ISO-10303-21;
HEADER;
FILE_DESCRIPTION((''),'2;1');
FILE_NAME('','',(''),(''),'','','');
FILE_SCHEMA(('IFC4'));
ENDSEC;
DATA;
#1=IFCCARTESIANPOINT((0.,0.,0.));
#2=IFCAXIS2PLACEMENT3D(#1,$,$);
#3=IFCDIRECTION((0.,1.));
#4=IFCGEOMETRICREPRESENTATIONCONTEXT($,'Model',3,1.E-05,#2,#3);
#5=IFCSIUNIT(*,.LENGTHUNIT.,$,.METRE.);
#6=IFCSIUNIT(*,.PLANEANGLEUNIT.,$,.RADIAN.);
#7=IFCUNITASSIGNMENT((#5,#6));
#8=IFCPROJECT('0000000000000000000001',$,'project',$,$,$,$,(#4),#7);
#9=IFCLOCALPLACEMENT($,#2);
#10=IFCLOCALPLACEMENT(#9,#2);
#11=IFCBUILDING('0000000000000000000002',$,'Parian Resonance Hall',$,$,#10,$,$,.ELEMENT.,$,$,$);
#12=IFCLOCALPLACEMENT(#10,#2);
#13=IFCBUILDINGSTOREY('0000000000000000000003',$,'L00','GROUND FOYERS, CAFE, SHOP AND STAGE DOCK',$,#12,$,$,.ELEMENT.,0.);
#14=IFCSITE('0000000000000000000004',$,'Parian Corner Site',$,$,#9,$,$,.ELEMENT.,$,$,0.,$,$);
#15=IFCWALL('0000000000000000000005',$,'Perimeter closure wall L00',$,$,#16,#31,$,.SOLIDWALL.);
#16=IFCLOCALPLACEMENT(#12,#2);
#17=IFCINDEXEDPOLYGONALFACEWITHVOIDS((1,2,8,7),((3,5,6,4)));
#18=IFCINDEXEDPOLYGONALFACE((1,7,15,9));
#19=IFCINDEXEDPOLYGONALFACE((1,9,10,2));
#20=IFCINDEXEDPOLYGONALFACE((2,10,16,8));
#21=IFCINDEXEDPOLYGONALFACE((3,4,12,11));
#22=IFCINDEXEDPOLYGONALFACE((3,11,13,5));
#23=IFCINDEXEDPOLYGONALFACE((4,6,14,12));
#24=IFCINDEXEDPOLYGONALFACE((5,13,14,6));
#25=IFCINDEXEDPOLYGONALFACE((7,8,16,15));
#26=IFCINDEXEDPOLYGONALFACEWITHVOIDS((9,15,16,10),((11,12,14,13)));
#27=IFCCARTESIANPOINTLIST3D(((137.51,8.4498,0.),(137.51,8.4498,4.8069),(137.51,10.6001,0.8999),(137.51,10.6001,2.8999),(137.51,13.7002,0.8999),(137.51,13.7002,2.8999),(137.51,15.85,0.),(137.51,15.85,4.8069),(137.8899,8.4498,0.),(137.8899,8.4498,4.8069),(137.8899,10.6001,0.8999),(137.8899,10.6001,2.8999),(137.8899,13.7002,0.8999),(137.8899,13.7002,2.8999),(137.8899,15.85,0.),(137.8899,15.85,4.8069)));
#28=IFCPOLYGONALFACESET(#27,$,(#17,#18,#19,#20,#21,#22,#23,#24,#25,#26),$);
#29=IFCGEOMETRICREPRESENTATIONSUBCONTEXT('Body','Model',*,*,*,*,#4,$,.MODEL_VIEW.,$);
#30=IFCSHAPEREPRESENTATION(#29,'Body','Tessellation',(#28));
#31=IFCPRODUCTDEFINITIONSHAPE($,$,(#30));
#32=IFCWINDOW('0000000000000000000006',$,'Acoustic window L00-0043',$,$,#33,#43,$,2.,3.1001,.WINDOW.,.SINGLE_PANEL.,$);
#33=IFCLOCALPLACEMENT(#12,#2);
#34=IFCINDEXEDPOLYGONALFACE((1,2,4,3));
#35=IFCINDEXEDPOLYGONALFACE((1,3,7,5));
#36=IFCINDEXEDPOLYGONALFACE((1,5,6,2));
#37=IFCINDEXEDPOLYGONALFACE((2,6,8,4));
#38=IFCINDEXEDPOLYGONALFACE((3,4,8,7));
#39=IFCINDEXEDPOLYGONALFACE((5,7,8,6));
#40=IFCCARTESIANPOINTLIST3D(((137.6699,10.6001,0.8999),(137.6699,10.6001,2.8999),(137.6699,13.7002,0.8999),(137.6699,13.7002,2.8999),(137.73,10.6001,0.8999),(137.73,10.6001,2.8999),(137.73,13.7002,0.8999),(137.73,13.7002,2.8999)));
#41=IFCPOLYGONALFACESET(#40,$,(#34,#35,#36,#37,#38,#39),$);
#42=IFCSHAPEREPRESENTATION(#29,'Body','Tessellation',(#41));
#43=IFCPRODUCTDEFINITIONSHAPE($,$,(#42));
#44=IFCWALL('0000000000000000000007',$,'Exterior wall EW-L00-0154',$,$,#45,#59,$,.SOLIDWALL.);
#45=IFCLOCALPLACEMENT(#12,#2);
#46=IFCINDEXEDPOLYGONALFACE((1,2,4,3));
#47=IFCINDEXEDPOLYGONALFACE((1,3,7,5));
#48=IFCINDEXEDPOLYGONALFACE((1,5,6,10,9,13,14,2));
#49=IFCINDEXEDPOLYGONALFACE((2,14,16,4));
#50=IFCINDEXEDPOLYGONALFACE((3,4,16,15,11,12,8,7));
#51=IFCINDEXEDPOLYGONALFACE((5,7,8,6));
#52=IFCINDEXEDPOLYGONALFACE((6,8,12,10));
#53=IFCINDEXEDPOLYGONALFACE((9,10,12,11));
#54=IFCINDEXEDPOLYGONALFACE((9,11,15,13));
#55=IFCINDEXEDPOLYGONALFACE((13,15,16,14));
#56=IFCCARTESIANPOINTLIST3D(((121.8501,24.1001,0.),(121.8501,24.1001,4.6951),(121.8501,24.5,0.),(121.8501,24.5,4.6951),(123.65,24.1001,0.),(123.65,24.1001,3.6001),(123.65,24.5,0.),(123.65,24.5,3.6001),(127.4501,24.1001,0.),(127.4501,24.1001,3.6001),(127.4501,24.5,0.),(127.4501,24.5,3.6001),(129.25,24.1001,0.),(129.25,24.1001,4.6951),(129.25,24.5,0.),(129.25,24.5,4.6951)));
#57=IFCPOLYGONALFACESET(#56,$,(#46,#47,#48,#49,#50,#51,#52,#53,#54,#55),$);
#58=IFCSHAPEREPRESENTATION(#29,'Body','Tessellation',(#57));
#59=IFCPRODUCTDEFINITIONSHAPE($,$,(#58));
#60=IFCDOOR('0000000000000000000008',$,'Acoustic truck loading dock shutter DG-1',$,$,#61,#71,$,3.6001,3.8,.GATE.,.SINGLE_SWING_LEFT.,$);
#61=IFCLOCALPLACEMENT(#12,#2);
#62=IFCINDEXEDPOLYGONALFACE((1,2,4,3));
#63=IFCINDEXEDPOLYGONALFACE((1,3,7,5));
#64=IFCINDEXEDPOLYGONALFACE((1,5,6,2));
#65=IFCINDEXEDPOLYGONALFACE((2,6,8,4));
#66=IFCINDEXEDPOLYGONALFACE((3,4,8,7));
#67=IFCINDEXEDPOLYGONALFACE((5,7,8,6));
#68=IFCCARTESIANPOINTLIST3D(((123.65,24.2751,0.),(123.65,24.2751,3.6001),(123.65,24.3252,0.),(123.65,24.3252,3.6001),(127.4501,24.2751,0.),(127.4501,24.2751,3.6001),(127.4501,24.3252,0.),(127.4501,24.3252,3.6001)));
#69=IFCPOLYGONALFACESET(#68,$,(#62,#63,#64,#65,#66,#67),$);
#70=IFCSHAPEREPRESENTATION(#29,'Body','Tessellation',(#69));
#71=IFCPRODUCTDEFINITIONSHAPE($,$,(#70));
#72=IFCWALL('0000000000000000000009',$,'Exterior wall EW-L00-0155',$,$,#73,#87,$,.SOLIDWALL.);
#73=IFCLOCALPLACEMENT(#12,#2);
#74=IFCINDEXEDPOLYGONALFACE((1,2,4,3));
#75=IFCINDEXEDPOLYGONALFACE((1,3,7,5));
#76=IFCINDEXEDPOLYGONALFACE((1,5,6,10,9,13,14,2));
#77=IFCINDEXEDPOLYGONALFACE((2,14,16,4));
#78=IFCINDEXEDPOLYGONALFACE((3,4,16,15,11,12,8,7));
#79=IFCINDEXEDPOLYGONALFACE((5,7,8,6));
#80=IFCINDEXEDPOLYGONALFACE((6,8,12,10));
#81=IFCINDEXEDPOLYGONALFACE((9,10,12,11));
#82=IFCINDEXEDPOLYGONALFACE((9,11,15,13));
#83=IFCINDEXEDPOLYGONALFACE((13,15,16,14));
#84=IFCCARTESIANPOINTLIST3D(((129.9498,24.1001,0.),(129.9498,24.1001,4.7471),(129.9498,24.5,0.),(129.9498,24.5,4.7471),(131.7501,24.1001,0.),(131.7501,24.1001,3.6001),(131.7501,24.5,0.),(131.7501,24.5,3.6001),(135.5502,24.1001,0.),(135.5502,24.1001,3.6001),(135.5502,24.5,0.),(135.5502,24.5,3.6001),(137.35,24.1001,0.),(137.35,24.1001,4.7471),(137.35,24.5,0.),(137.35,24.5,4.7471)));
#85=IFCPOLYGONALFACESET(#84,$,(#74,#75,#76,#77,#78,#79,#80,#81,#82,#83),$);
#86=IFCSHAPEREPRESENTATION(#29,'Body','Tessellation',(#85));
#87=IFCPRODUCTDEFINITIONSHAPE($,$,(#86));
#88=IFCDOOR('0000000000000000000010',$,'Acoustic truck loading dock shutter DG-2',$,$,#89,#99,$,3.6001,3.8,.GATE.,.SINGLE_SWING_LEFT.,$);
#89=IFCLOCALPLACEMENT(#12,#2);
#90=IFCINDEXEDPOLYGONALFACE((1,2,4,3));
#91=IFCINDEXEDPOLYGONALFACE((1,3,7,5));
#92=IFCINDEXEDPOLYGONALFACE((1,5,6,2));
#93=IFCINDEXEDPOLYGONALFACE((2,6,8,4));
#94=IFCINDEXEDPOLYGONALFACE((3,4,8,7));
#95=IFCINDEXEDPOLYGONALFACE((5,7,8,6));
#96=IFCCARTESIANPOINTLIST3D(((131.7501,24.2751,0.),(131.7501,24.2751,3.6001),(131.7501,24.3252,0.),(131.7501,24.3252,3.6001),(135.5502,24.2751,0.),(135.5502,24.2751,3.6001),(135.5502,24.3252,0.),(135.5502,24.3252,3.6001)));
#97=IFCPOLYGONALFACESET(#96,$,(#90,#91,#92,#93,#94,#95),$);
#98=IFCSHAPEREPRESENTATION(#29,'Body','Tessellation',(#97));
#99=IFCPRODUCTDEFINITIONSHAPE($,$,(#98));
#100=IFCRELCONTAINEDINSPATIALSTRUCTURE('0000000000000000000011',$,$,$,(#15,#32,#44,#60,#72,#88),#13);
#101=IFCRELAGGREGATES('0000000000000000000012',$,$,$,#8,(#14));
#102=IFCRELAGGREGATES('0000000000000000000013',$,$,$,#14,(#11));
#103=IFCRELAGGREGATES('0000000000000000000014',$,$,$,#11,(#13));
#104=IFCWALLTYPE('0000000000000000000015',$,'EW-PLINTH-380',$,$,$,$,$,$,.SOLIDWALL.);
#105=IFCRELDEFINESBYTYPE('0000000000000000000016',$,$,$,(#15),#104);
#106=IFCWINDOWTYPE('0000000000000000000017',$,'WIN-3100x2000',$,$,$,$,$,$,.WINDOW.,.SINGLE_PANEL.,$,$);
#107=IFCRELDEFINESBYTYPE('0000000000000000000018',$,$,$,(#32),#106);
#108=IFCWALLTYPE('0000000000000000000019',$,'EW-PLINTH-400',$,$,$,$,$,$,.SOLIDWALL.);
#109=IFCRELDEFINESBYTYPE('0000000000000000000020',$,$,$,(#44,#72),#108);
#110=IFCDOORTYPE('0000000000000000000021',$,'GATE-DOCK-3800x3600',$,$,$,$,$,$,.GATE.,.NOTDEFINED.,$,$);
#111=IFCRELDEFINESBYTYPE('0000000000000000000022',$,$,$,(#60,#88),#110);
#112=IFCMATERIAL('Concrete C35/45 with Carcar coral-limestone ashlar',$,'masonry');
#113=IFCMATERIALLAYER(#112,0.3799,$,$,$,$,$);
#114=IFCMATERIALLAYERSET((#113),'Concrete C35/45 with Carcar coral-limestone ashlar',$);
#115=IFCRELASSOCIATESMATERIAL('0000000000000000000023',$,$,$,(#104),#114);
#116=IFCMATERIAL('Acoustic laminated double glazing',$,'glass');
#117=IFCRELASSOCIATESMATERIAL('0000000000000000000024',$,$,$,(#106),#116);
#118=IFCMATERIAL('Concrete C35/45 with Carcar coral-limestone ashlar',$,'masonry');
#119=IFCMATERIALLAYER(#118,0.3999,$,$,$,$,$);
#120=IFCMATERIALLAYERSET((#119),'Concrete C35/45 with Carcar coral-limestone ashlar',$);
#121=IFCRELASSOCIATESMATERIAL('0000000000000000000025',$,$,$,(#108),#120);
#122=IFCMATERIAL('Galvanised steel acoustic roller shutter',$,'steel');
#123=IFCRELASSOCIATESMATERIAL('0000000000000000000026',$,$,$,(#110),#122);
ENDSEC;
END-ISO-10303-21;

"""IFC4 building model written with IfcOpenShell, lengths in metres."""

from ifc_helpers import new_model, si_unit, direction, frame, frame_2d, origin, place, context, subcontext, project, spatial, rectangle, extrude, material, layer, layer_set, type_object, element, fill, save


model = new_model("IFC4")

# Units and contexts
model_context = context("Model", 3, precision=1e-05, world=origin(), true_north=direction((0.0, 1.0)))
body_context = subcontext(model_context, "Body", "Model", "MODEL_VIEW")
ifc_project = project(units=[si_unit("LENGTHUNIT", "METRE"), si_unit("PLANEANGLEUNIT", "RADIAN")], contexts=[model_context])

# Site, building, storey
site_placement = place(None, origin())
site = spatial("IfcSite", under=ifc_project, at=site_placement, Name="Parian Corner Site", CompositionType="ELEMENT", RefElevation=0.0)
building_placement = place(site_placement, origin())
building = spatial("IfcBuilding", under=site, at=building_placement, Name="Parian Resonance Hall", CompositionType="ELEMENT")
storey_placement = place(building_placement, origin())
storey = spatial("IfcBuildingStorey", under=building, at=storey_placement, Name="L00", Description="GROUND FOYERS, CAFE, SHOP AND STAGE DOCK", CompositionType="ELEMENT", Elevation=0.0)

# Wall, opening, window
ifc_material_1 = material(Name="Concrete C35/45 with Carcar coral-limestone ashlar", Category="masonry")
ifc_layer_1 = layer(ifc_material_1, 0.3799)
ifc_layer_set_1 = layer_set([ifc_layer_1], Name="Concrete C35/45 with Carcar coral-limestone ashlar")
wall_type_1 = type_object("IfcWallType", Name="EW-PLINTH-380", PredefinedType="SOLIDWALL", material=ifc_layer_set_1)
wall_1_placement = place(storey_placement, frame((137.7, 15.8501, 0.0), z_axis=(0.0, 0.0, 1.0), x_axis=(0.0, -1.0, 0.0)))
wall_1 = element("IfcWall", 1, at=wall_1_placement, inside=storey, type_object=wall_type_1, Name="Perimeter closure wall L00", PredefinedType="SOLIDWALL", context=body_context, shape_type="SweptSolid", body=[
    extrude(rectangle(XDim=7.4001, YDim=0.3799, at=frame_2d((3.7002, 0.0))), origin(), (0.0, 0.0, 1.0), 4.8069),
])
opening_1_placement = place(wall_1_placement, frame((2.1499, 0.0, 0.8999)))
opening_1 = element("IfcOpeningElement", 2, at=opening_1_placement, cuts=wall_1, PredefinedType="OPENING", context=body_context, shape_type="SweptSolid", body=[
    extrude(rectangle(XDim=3.1001, YDim=2.0, at=frame_2d((1.55, 1.0))), frame((0.0, 0.2, 0.0), z_axis=(0.0, -1.0, 0.0), x_axis=(1.0, 0.0, 0.0)), (0.0, 0.0, 1.0), 0.3999),
])
ifc_material_2 = material(Name="Acoustic laminated double glazing", Category="glass")
window_type_1 = type_object("IfcWindowType", Name="WIN-3100x2000", PartitioningType="SINGLE_PANEL", PredefinedType="WINDOW", material=ifc_material_2)
window_1_placement = place(opening_1_placement, origin())
window_1 = element("IfcWindow", 3, at=window_1_placement, inside=storey, type_object=window_type_1, Name="Acoustic window L00-0043", OverallHeight=2.0, OverallWidth=3.1001, PartitioningType="SINGLE_PANEL", PredefinedType="WINDOW", context=body_context, shape_type="SweptSolid", body=[
    extrude(rectangle(XDim=3.1001, YDim=2.0, at=frame_2d((1.55, 1.0))), frame((0.0, 0.03, 0.0), z_axis=(0.0, -1.0, 0.0), x_axis=(1.0, 0.0, 0.0)), (0.0, 0.0, 1.0), 0.0601),
])
fill(opening_1, window_1)

# Walls, openings, doors
ifc_material_3 = material(Name="Concrete C35/45 with Carcar coral-limestone ashlar", Category="masonry")
ifc_layer_2 = layer(ifc_material_3, 0.3999)
ifc_layer_set_2 = layer_set([ifc_layer_2], Name="Concrete C35/45 with Carcar coral-limestone ashlar")
wall_type_2 = type_object("IfcWallType", Name="EW-PLINTH-400", PredefinedType="SOLIDWALL", material=ifc_layer_set_2)
wall_2_placement = place(storey_placement, frame((129.25, 24.3, 0.0), z_axis=(0.0, 0.0, 1.0), x_axis=(-1.0, 0.0, 0.0)))
wall_2 = element("IfcWall", 4, at=wall_2_placement, inside=storey, type_object=wall_type_2, Name="Exterior wall EW-L00-0154", PredefinedType="SOLIDWALL", context=body_context, shape_type="SweptSolid", body=[
    extrude(rectangle(XDim=7.3999, YDim=0.3999, at=frame_2d((3.7, 0.0))), origin(), (0.0, 0.0, 1.0), 4.6951),
])
opening_2_placement = place(wall_2_placement, frame((1.8, 0.0, 0.0)))
opening_2 = element("IfcOpeningElement", 5, at=opening_2_placement, cuts=wall_2, PredefinedType="OPENING", context=body_context, shape_type="SweptSolid", body=[
    extrude(rectangle(XDim=3.8, YDim=3.6001, at=frame_2d((1.8999, 1.8))), frame((0.0, 0.21, 0.0), z_axis=(0.0, -1.0, 0.0), x_axis=(1.0, 0.0, 0.0)), (0.0, 0.0, 1.0), 0.4199),
])
ifc_material_4 = material(Name="Galvanised steel acoustic roller shutter", Category="steel")
door_type = type_object("IfcDoorType", Name="GATE-DOCK-3800x3600", OperationType="NOTDEFINED", PredefinedType="GATE", material=ifc_material_4)
door_1_placement = place(opening_2_placement, origin())
door_1 = element("IfcDoor", 6, at=door_1_placement, inside=storey, type_object=door_type, Name="Acoustic truck loading dock shutter DG-1", OperationType="SINGLE_SWING_LEFT", OverallHeight=3.6001, OverallWidth=3.8, PredefinedType="GATE", context=body_context, shape_type="SweptSolid", body=[
    extrude(rectangle(XDim=3.8, YDim=3.6001, at=frame_2d((1.8999, 1.8))), frame((0.0, 0.0249, 0.0), z_axis=(0.0, -1.0, 0.0), x_axis=(1.0, 0.0, 0.0)), (0.0, 0.0, 1.0), 0.05),
])
fill(opening_2, door_1)
wall_3_placement = place(storey_placement, frame((137.3501, 24.3, 0.0), z_axis=(0.0, 0.0, 1.0), x_axis=(-1.0, 0.0, 0.0)))
wall_3 = element("IfcWall", 7, at=wall_3_placement, inside=storey, type_object=wall_type_2, Name="Exterior wall EW-L00-0155", PredefinedType="SOLIDWALL", context=body_context, shape_type="SweptSolid", body=[
    extrude(rectangle(XDim=7.4001, YDim=0.3999, at=frame_2d((3.7002, 0.0))), origin(), (0.0, 0.0, 1.0), 4.7471),
])
opening_3_placement = place(wall_3_placement, frame((1.8, 0.0, 0.0)))
opening_3 = element("IfcOpeningElement", 8, at=opening_3_placement, cuts=wall_3, PredefinedType="OPENING", context=body_context, shape_type="SweptSolid", body=[
    extrude(rectangle(XDim=3.8, YDim=3.6001, at=frame_2d((1.8999, 1.8))), frame((0.0, 0.21, 0.0), z_axis=(0.0, -1.0, 0.0), x_axis=(1.0, 0.0, 0.0)), (0.0, 0.0, 1.0), 0.4199),
])
door_2_placement = place(opening_3_placement, origin())
door_2 = element("IfcDoor", 9, at=door_2_placement, inside=storey, type_object=door_type, Name="Acoustic truck loading dock shutter DG-2", OperationType="SINGLE_SWING_LEFT", OverallHeight=3.6001, OverallWidth=3.8, PredefinedType="GATE", context=body_context, shape_type="SweptSolid", body=[
    extrude(rectangle(XDim=3.8, YDim=3.6001, at=frame_2d((1.8999, 1.8))), frame((0.0, 0.0249, 0.0), z_axis=(0.0, -1.0, 0.0), x_axis=(1.0, 0.0, 0.0)), (0.0, 0.0, 1.0), 0.05),
])
fill(opening_3, door_2)

save(model, "model.ifc")
